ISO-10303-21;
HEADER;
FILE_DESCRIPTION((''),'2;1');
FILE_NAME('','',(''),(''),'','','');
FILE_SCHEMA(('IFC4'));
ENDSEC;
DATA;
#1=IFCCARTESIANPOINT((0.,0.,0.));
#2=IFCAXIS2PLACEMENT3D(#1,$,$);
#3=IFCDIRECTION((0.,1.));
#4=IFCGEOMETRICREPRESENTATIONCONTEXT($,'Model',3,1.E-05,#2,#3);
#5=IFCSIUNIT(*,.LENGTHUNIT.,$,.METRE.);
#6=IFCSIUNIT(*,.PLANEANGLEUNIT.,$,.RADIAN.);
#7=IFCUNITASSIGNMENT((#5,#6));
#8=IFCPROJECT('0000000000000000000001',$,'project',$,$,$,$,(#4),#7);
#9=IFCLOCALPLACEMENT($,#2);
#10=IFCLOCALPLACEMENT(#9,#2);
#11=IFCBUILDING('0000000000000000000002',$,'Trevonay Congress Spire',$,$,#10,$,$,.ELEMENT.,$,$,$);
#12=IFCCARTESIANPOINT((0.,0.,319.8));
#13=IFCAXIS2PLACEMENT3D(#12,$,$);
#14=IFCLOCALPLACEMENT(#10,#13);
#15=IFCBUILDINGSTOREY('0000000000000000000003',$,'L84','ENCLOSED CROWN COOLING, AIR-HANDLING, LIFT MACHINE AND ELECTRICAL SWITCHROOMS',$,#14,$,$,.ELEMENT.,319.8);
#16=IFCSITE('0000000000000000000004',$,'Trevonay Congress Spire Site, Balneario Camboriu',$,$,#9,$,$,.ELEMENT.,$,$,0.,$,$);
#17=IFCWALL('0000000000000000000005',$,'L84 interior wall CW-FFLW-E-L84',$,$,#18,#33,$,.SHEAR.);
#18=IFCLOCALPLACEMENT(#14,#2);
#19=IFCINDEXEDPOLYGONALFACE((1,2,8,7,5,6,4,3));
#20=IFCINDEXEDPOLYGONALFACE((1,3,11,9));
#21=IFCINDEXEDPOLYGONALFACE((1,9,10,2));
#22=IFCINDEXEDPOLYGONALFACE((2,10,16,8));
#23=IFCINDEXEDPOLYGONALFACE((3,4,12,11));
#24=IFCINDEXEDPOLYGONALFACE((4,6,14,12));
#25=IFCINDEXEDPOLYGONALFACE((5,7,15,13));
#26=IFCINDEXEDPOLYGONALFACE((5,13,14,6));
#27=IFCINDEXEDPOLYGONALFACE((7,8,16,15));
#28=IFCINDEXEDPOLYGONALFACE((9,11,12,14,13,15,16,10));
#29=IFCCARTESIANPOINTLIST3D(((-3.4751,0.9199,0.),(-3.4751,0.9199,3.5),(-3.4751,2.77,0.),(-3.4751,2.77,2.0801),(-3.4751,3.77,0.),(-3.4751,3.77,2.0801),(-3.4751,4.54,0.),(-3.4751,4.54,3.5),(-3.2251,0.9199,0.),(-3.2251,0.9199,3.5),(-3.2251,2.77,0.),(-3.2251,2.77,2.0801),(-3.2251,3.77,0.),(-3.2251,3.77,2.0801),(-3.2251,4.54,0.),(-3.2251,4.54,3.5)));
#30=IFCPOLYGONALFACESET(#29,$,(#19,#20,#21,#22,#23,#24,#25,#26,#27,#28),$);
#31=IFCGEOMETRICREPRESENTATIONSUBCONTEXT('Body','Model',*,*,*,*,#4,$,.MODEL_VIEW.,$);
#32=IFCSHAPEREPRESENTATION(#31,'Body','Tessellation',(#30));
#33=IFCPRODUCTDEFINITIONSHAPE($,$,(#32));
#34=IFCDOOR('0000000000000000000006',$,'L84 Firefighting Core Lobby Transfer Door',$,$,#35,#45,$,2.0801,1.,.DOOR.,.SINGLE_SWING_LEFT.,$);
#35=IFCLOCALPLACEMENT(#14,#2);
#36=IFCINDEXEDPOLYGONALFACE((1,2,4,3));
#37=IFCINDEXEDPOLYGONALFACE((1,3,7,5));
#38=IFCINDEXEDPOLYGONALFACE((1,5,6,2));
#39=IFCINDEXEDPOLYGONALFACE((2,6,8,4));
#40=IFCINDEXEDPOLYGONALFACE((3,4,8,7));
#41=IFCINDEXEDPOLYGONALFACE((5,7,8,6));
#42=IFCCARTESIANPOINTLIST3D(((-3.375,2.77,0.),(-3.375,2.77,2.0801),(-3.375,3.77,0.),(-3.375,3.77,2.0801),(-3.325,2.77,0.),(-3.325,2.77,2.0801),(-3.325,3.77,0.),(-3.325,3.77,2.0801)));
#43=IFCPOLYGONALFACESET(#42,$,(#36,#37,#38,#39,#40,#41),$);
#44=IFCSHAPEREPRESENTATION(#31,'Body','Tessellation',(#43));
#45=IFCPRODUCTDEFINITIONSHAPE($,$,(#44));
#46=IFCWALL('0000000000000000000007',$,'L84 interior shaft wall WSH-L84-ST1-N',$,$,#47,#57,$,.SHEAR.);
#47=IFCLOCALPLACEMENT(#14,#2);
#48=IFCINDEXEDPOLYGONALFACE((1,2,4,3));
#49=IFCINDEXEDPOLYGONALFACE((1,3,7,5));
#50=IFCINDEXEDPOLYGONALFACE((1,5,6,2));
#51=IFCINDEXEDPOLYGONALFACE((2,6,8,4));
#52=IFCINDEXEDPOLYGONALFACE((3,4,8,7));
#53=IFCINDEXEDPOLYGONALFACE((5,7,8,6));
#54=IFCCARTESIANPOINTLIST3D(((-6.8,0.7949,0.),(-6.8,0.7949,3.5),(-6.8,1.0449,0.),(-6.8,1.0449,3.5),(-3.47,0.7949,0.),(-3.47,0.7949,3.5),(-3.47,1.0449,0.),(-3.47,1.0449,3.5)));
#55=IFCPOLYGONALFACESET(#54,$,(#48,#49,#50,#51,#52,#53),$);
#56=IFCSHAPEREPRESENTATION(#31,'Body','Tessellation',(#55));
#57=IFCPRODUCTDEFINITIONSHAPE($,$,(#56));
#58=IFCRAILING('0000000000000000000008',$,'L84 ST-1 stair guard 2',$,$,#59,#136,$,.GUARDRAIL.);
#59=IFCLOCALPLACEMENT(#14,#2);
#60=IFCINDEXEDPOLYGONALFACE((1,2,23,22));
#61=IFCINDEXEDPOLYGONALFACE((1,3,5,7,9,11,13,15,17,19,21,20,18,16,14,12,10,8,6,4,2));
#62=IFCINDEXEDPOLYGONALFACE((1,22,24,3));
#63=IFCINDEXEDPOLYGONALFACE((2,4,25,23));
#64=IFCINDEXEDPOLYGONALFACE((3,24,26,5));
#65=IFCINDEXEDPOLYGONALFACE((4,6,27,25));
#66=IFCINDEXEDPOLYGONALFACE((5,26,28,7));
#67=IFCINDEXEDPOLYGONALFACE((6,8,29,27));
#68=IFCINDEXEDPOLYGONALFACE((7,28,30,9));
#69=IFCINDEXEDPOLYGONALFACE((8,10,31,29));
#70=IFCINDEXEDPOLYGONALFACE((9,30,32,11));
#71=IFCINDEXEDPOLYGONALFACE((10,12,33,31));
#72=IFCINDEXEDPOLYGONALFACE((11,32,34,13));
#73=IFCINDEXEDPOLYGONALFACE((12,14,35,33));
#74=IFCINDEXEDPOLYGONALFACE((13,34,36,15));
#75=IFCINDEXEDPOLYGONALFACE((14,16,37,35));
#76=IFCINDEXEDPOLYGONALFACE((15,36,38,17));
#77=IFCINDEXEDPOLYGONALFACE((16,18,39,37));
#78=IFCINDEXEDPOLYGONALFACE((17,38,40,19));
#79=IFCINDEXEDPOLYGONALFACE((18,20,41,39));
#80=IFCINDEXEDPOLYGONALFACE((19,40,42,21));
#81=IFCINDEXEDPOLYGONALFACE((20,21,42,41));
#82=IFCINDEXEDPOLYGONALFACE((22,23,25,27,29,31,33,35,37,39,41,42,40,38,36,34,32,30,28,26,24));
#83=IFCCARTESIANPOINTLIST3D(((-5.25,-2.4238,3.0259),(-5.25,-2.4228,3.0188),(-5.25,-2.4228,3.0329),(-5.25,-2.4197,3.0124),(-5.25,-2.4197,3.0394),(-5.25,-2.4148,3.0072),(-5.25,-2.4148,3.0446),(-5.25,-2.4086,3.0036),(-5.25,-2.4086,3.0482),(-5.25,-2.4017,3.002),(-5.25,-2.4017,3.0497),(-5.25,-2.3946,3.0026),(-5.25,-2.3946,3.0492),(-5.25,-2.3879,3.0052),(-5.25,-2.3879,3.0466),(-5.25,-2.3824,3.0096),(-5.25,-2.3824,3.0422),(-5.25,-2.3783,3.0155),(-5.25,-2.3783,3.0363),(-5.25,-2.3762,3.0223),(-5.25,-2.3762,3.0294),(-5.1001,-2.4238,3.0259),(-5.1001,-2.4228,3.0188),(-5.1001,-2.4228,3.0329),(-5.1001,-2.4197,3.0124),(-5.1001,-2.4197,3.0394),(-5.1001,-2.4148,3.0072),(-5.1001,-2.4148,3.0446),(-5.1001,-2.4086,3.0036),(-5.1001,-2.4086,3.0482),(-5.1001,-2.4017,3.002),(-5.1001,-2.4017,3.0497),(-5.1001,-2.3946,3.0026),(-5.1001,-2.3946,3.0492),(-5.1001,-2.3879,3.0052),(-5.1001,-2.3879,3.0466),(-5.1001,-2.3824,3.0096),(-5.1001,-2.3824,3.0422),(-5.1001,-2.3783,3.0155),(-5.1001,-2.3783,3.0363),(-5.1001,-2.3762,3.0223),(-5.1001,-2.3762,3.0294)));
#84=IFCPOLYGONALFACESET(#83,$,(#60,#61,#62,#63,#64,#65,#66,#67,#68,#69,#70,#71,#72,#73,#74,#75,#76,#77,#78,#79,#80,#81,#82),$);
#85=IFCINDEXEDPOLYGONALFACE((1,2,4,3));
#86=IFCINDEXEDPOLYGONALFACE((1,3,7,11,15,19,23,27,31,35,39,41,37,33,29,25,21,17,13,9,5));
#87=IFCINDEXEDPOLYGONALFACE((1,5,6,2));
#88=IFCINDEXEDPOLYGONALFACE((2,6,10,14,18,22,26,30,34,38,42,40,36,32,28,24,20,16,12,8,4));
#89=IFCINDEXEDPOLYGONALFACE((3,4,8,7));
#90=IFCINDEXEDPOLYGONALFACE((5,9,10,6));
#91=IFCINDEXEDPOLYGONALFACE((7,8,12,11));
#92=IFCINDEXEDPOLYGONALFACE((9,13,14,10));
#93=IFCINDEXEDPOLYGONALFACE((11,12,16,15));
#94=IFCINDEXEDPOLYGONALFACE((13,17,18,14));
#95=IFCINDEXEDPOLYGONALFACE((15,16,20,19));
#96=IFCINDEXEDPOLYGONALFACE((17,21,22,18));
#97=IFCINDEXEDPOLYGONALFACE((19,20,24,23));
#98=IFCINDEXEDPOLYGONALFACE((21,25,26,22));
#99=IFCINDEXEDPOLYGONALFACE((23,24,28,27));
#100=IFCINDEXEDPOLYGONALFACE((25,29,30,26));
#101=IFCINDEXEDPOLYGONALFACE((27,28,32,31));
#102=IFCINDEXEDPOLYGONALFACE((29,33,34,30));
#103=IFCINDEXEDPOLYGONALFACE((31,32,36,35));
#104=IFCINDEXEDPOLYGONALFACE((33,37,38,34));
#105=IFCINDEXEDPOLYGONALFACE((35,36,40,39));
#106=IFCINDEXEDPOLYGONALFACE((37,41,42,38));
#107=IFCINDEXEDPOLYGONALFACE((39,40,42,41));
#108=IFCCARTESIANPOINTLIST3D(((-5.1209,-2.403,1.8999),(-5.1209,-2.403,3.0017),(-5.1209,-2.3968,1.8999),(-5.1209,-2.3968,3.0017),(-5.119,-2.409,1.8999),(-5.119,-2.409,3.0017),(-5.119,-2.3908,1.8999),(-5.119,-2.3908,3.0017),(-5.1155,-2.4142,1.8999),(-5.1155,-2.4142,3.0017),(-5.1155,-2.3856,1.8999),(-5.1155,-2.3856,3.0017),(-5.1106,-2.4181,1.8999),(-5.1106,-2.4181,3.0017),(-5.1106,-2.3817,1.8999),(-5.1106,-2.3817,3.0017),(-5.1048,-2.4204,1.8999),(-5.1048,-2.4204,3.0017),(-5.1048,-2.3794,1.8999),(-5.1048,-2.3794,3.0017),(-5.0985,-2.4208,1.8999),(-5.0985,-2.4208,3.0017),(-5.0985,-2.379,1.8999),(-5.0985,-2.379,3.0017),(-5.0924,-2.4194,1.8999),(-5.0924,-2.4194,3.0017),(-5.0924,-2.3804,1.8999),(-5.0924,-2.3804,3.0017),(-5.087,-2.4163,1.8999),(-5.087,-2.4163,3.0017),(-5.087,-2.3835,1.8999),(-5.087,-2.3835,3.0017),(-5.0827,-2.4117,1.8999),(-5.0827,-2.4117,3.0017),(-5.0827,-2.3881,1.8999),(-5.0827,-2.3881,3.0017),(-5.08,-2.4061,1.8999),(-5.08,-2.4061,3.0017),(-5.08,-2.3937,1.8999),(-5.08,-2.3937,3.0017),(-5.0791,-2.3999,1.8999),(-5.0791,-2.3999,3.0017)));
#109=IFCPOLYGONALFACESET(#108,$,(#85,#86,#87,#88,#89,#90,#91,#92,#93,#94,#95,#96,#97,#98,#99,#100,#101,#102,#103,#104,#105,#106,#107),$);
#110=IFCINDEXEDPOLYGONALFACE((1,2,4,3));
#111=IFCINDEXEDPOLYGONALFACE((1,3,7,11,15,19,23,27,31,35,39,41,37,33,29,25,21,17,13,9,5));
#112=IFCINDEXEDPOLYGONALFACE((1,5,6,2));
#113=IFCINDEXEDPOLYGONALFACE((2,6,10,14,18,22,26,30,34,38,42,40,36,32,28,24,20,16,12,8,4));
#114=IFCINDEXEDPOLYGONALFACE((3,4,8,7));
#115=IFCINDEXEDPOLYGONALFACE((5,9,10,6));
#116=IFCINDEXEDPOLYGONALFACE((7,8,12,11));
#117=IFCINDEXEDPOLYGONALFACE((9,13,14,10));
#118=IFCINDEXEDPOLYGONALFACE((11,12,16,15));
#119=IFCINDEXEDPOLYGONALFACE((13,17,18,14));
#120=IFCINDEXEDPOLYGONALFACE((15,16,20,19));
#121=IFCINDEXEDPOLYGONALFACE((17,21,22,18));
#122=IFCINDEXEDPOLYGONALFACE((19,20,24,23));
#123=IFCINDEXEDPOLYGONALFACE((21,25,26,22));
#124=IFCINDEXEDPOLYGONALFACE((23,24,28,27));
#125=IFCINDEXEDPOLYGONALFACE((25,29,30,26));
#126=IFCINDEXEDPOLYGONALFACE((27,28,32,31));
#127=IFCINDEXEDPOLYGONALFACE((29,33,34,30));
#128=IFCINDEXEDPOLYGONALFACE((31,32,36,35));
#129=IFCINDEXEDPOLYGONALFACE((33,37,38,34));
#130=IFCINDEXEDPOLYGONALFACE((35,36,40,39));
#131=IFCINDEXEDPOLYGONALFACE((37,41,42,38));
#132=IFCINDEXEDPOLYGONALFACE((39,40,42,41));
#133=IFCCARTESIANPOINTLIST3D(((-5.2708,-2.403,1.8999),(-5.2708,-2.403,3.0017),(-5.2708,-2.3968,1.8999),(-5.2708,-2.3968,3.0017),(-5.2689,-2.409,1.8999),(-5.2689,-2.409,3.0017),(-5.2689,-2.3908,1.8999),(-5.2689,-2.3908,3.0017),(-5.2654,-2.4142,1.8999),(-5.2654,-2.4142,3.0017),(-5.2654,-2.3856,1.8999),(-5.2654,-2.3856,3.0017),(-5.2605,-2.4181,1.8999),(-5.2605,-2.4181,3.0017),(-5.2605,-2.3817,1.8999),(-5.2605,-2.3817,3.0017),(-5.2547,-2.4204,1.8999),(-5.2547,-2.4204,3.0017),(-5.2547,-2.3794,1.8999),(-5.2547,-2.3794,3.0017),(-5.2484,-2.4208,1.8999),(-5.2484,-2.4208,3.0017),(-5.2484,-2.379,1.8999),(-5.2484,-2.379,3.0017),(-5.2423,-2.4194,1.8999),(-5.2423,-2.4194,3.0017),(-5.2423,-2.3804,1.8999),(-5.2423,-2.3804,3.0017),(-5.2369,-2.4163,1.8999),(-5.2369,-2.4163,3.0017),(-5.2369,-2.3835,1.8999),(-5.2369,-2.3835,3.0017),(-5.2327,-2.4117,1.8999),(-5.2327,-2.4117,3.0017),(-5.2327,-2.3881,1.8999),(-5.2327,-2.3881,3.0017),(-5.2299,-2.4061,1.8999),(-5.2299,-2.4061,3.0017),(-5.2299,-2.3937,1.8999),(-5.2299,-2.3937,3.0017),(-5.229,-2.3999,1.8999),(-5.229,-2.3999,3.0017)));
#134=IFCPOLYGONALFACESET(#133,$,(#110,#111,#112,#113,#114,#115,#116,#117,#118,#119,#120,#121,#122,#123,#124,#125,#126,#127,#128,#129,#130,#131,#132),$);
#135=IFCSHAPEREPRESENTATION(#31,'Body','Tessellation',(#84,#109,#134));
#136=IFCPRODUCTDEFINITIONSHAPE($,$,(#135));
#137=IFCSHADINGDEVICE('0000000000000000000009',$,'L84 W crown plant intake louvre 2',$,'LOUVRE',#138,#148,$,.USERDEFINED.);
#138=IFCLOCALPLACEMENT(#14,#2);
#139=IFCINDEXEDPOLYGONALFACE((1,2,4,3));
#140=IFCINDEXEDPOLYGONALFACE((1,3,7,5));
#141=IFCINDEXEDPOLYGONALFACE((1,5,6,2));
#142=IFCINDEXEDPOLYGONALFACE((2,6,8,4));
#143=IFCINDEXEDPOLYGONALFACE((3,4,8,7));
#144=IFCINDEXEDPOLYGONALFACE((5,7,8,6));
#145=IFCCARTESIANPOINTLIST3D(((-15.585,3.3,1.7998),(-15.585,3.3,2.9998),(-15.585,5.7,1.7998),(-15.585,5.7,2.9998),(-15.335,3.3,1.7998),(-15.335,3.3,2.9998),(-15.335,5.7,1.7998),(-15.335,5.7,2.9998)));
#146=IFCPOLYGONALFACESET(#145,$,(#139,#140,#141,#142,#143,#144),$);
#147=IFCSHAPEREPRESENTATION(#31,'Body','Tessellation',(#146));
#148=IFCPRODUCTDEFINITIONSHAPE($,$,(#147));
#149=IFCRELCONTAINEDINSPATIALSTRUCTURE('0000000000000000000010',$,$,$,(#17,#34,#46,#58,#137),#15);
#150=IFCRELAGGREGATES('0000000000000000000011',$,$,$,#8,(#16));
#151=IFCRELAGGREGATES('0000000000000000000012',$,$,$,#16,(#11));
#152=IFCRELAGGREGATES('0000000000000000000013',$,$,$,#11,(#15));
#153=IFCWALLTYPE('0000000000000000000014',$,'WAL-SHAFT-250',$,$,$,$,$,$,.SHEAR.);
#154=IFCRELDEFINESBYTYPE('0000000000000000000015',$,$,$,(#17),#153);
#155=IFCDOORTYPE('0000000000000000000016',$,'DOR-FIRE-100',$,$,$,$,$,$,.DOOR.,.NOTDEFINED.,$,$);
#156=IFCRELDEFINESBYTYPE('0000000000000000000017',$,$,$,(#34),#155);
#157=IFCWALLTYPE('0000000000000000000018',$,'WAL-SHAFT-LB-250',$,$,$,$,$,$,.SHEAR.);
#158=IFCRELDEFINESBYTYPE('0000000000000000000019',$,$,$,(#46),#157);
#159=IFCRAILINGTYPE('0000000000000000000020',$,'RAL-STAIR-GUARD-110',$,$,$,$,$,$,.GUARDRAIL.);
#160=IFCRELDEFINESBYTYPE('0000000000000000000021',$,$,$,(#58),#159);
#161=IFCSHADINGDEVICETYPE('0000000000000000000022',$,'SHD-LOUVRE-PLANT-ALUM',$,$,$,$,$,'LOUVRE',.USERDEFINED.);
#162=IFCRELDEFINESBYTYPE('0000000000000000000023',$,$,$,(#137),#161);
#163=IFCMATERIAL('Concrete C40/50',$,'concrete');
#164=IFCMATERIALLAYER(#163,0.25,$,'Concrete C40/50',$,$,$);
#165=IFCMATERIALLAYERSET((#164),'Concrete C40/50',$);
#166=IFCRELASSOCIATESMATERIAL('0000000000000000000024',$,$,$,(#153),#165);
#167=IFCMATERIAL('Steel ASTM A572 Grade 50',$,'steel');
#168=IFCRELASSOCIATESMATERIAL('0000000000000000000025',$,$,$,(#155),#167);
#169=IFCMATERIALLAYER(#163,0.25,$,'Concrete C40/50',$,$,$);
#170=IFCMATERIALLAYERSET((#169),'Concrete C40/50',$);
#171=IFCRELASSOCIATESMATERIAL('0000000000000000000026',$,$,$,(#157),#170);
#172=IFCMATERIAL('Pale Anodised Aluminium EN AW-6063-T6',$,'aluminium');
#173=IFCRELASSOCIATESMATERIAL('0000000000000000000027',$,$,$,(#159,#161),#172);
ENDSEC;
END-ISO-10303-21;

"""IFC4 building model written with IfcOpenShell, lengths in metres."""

from ifc_helpers import new_model, si_unit, direction, frame, frame_2d, origin, origin_2d, place, context, subcontext, project, spatial, rectangle, circle, extrude, material, layer, layer_set, type_object, element, fill, save


model = new_model("IFC4")

# Units and contexts
model_context = context("Model", 3, precision=1e-05, world=origin(), true_north=direction((0.0, 1.0)))
body_context = subcontext(model_context, "Body", "Model", "MODEL_VIEW")
ifc_project = project(units=[si_unit("LENGTHUNIT", "METRE"), si_unit("PLANEANGLEUNIT", "RADIAN")], contexts=[model_context])

# Site, building, storey
site_placement = place(None, origin())
site = spatial("IfcSite", under=ifc_project, at=site_placement, Name="Trevonay Congress Spire Site, Balneario Camboriu", CompositionType="ELEMENT", RefElevation=0.0)
building_placement = place(site_placement, origin())
building = spatial("IfcBuilding", under=site, at=building_placement, Name="Trevonay Congress Spire", CompositionType="ELEMENT")
storey_placement = place(building_placement, frame((0.0, 0.0, 319.8)))
storey = spatial("IfcBuildingStorey", under=building, at=storey_placement, Name="L84", Description="ENCLOSED CROWN COOLING, AIR-HANDLING, LIFT MACHINE AND ELECTRICAL SWITCHROOMS", CompositionType="ELEMENT", Elevation=319.8)

# Shared definitions
ifc_material_1 = material(Name="Steel ASTM A572 Grade 50", Category="steel")

# Shared definitions
ifc_material_2 = material(Name="Pale Anodised Aluminium EN AW-6063-T6", Category="aluminium")

# Shared definitions
ifc_material_3 = material(Name="Concrete C40/50", Category="concrete")

# Shared definitions
ifc_layer_1 = layer(ifc_material_3, 0.25, Name="Concrete C40/50")
ifc_layer_set_1 = layer_set([ifc_layer_1], Name="Concrete C40/50")
wall_type_1 = type_object("IfcWallType", Name="WAL-SHAFT-250", PredefinedType="SHEAR", material=ifc_layer_set_1)

# Wall, opening, door
wall_1_placement = place(storey_placement, frame((-3.3501, 0.9199, 0.0), z_axis=(0.0, 0.0, 1.0), x_axis=(0.0, 1.0, 0.0)))
wall_1 = element("IfcWall", 1, at=wall_1_placement, inside=storey, type_object=wall_type_1, Name="L84 interior wall CW-FFLW-E-L84", PredefinedType="SHEAR", context=body_context, shape_type="SweptSolid", body=[
    extrude(rectangle(XDim=3.6201, YDim=0.25, at=frame_2d((1.8101, 0.0))), origin(), (0.0, 0.0, 1.0), 3.5),
])
opening_1_placement = place(wall_1_placement, frame((1.8501, 0.0, 0.0)))
opening_1 = element("IfcOpeningElement", 2, at=opening_1_placement, cuts=wall_1, PredefinedType="OPENING", context=body_context, shape_type="SweptSolid", body=[
    extrude(rectangle(XDim=1.0, YDim=2.0801, at=frame_2d((0.5, 1.04))), frame((0.0, 0.135, 0.0), z_axis=(0.0, -1.0, 0.0), x_axis=(1.0, 0.0, 0.0)), (0.0, 0.0, 1.0), 0.27),
])
door_type_1 = type_object("IfcDoorType", Name="DOR-FIRE-100", OperationType="NOTDEFINED", PredefinedType="DOOR", material=ifc_material_1)
door_1_placement = place(opening_1_placement, origin())
door_1 = element("IfcDoor", 3, at=door_1_placement, inside=storey, type_object=door_type_1, Name="L84 Firefighting Core Lobby Transfer Door", OperationType="SINGLE_SWING_LEFT", OverallHeight=2.0801, OverallWidth=1.0, PredefinedType="DOOR", context=body_context, shape_type="SweptSolid", body=[
    extrude(rectangle(XDim=1.0, YDim=2.0801, at=frame_2d((0.5, 1.04))), frame((0.0, 0.0249, 0.0), z_axis=(0.0, -1.0, 0.0), x_axis=(1.0, 0.0, 0.0)), (0.0, 0.0, 1.0), 0.05),
])
fill(opening_1, door_1)

# Wall
ifc_layer_2 = layer(ifc_material_3, 0.25, Name="Concrete C40/50")
ifc_layer_set_2 = layer_set([ifc_layer_2], Name="Concrete C40/50")
wall_type_2 = type_object("IfcWallType", Name="WAL-SHAFT-LB-250", PredefinedType="SHEAR", material=ifc_layer_set_2)
wall_2_placement = place(storey_placement, frame((-6.8, 0.9199, 0.0), z_axis=(0.0, 0.0, 1.0), x_axis=(1.0, 0.0, 0.0)))
element("IfcWall", 4, at=wall_2_placement, inside=storey, type_object=wall_type_2, Name="L84 interior shaft wall WSH-L84-ST1-N", PredefinedType="SHEAR", context=body_context, shape_type="SweptSolid", body=[
    extrude(rectangle(XDim=3.3301, YDim=0.25, at=frame_2d((1.665, 0.0))), origin(), (0.0, 0.0, 1.0), 3.5),
])

# Railing
railing_type = type_object("IfcRailingType", Name="RAL-STAIR-GUARD-110", PredefinedType="GUARDRAIL", material=ifc_material_2)
railing_placement = place(storey_placement, frame((-5.1001, -2.3999, 1.8999)))
element("IfcRailing", 5, at=railing_placement, inside=storey, type_object=railing_type, Name="L84 ST-1 stair guard 2", PredefinedType="GUARDRAIL", context=body_context, shape_type="SweptSolid", body=[
    extrude(circle(Radius=0.0239, at=origin_2d()), frame((0.0, 0.0, 1.126), z_axis=(-1.0, 0.0, 0.0), x_axis=(0.0, -1.0, 0.0)), (0.0, 0.0, 1.0), 0.1499),
    extrude(circle(Radius=0.021, at=origin_2d()), origin(), (0.0, 0.0, 1.0), 1.1018),
    extrude(circle(Radius=0.021, at=origin_2d()), frame((-0.1499, 0.0, 0.0)), (0.0, 0.0, 1.0), 1.1018),
])

# Shading device
shading_device_type = type_object("IfcShadingDeviceType", Name="SHD-LOUVRE-PLANT-ALUM", ElementType="LOUVRE", PredefinedType="USERDEFINED", material=ifc_material_2)
shading_device_placement = place(storey_placement, frame((-15.46, 4.5, 1.7998), z_axis=(0.0, 0.0, 1.0), x_axis=(0.0, 1.0, 0.0)))
element("IfcShadingDevice", 6, at=shading_device_placement, inside=storey, type_object=shading_device_type, Name="L84 W crown plant intake louvre 2", ObjectType="LOUVRE", PredefinedType="USERDEFINED", context=body_context, shape_type="SweptSolid", body=[
    extrude(rectangle(XDim=2.3999, YDim=0.25, at=origin_2d()), origin(), (0.0, 0.0, 1.0), 1.2),
])

save(model, "model.ifc")
